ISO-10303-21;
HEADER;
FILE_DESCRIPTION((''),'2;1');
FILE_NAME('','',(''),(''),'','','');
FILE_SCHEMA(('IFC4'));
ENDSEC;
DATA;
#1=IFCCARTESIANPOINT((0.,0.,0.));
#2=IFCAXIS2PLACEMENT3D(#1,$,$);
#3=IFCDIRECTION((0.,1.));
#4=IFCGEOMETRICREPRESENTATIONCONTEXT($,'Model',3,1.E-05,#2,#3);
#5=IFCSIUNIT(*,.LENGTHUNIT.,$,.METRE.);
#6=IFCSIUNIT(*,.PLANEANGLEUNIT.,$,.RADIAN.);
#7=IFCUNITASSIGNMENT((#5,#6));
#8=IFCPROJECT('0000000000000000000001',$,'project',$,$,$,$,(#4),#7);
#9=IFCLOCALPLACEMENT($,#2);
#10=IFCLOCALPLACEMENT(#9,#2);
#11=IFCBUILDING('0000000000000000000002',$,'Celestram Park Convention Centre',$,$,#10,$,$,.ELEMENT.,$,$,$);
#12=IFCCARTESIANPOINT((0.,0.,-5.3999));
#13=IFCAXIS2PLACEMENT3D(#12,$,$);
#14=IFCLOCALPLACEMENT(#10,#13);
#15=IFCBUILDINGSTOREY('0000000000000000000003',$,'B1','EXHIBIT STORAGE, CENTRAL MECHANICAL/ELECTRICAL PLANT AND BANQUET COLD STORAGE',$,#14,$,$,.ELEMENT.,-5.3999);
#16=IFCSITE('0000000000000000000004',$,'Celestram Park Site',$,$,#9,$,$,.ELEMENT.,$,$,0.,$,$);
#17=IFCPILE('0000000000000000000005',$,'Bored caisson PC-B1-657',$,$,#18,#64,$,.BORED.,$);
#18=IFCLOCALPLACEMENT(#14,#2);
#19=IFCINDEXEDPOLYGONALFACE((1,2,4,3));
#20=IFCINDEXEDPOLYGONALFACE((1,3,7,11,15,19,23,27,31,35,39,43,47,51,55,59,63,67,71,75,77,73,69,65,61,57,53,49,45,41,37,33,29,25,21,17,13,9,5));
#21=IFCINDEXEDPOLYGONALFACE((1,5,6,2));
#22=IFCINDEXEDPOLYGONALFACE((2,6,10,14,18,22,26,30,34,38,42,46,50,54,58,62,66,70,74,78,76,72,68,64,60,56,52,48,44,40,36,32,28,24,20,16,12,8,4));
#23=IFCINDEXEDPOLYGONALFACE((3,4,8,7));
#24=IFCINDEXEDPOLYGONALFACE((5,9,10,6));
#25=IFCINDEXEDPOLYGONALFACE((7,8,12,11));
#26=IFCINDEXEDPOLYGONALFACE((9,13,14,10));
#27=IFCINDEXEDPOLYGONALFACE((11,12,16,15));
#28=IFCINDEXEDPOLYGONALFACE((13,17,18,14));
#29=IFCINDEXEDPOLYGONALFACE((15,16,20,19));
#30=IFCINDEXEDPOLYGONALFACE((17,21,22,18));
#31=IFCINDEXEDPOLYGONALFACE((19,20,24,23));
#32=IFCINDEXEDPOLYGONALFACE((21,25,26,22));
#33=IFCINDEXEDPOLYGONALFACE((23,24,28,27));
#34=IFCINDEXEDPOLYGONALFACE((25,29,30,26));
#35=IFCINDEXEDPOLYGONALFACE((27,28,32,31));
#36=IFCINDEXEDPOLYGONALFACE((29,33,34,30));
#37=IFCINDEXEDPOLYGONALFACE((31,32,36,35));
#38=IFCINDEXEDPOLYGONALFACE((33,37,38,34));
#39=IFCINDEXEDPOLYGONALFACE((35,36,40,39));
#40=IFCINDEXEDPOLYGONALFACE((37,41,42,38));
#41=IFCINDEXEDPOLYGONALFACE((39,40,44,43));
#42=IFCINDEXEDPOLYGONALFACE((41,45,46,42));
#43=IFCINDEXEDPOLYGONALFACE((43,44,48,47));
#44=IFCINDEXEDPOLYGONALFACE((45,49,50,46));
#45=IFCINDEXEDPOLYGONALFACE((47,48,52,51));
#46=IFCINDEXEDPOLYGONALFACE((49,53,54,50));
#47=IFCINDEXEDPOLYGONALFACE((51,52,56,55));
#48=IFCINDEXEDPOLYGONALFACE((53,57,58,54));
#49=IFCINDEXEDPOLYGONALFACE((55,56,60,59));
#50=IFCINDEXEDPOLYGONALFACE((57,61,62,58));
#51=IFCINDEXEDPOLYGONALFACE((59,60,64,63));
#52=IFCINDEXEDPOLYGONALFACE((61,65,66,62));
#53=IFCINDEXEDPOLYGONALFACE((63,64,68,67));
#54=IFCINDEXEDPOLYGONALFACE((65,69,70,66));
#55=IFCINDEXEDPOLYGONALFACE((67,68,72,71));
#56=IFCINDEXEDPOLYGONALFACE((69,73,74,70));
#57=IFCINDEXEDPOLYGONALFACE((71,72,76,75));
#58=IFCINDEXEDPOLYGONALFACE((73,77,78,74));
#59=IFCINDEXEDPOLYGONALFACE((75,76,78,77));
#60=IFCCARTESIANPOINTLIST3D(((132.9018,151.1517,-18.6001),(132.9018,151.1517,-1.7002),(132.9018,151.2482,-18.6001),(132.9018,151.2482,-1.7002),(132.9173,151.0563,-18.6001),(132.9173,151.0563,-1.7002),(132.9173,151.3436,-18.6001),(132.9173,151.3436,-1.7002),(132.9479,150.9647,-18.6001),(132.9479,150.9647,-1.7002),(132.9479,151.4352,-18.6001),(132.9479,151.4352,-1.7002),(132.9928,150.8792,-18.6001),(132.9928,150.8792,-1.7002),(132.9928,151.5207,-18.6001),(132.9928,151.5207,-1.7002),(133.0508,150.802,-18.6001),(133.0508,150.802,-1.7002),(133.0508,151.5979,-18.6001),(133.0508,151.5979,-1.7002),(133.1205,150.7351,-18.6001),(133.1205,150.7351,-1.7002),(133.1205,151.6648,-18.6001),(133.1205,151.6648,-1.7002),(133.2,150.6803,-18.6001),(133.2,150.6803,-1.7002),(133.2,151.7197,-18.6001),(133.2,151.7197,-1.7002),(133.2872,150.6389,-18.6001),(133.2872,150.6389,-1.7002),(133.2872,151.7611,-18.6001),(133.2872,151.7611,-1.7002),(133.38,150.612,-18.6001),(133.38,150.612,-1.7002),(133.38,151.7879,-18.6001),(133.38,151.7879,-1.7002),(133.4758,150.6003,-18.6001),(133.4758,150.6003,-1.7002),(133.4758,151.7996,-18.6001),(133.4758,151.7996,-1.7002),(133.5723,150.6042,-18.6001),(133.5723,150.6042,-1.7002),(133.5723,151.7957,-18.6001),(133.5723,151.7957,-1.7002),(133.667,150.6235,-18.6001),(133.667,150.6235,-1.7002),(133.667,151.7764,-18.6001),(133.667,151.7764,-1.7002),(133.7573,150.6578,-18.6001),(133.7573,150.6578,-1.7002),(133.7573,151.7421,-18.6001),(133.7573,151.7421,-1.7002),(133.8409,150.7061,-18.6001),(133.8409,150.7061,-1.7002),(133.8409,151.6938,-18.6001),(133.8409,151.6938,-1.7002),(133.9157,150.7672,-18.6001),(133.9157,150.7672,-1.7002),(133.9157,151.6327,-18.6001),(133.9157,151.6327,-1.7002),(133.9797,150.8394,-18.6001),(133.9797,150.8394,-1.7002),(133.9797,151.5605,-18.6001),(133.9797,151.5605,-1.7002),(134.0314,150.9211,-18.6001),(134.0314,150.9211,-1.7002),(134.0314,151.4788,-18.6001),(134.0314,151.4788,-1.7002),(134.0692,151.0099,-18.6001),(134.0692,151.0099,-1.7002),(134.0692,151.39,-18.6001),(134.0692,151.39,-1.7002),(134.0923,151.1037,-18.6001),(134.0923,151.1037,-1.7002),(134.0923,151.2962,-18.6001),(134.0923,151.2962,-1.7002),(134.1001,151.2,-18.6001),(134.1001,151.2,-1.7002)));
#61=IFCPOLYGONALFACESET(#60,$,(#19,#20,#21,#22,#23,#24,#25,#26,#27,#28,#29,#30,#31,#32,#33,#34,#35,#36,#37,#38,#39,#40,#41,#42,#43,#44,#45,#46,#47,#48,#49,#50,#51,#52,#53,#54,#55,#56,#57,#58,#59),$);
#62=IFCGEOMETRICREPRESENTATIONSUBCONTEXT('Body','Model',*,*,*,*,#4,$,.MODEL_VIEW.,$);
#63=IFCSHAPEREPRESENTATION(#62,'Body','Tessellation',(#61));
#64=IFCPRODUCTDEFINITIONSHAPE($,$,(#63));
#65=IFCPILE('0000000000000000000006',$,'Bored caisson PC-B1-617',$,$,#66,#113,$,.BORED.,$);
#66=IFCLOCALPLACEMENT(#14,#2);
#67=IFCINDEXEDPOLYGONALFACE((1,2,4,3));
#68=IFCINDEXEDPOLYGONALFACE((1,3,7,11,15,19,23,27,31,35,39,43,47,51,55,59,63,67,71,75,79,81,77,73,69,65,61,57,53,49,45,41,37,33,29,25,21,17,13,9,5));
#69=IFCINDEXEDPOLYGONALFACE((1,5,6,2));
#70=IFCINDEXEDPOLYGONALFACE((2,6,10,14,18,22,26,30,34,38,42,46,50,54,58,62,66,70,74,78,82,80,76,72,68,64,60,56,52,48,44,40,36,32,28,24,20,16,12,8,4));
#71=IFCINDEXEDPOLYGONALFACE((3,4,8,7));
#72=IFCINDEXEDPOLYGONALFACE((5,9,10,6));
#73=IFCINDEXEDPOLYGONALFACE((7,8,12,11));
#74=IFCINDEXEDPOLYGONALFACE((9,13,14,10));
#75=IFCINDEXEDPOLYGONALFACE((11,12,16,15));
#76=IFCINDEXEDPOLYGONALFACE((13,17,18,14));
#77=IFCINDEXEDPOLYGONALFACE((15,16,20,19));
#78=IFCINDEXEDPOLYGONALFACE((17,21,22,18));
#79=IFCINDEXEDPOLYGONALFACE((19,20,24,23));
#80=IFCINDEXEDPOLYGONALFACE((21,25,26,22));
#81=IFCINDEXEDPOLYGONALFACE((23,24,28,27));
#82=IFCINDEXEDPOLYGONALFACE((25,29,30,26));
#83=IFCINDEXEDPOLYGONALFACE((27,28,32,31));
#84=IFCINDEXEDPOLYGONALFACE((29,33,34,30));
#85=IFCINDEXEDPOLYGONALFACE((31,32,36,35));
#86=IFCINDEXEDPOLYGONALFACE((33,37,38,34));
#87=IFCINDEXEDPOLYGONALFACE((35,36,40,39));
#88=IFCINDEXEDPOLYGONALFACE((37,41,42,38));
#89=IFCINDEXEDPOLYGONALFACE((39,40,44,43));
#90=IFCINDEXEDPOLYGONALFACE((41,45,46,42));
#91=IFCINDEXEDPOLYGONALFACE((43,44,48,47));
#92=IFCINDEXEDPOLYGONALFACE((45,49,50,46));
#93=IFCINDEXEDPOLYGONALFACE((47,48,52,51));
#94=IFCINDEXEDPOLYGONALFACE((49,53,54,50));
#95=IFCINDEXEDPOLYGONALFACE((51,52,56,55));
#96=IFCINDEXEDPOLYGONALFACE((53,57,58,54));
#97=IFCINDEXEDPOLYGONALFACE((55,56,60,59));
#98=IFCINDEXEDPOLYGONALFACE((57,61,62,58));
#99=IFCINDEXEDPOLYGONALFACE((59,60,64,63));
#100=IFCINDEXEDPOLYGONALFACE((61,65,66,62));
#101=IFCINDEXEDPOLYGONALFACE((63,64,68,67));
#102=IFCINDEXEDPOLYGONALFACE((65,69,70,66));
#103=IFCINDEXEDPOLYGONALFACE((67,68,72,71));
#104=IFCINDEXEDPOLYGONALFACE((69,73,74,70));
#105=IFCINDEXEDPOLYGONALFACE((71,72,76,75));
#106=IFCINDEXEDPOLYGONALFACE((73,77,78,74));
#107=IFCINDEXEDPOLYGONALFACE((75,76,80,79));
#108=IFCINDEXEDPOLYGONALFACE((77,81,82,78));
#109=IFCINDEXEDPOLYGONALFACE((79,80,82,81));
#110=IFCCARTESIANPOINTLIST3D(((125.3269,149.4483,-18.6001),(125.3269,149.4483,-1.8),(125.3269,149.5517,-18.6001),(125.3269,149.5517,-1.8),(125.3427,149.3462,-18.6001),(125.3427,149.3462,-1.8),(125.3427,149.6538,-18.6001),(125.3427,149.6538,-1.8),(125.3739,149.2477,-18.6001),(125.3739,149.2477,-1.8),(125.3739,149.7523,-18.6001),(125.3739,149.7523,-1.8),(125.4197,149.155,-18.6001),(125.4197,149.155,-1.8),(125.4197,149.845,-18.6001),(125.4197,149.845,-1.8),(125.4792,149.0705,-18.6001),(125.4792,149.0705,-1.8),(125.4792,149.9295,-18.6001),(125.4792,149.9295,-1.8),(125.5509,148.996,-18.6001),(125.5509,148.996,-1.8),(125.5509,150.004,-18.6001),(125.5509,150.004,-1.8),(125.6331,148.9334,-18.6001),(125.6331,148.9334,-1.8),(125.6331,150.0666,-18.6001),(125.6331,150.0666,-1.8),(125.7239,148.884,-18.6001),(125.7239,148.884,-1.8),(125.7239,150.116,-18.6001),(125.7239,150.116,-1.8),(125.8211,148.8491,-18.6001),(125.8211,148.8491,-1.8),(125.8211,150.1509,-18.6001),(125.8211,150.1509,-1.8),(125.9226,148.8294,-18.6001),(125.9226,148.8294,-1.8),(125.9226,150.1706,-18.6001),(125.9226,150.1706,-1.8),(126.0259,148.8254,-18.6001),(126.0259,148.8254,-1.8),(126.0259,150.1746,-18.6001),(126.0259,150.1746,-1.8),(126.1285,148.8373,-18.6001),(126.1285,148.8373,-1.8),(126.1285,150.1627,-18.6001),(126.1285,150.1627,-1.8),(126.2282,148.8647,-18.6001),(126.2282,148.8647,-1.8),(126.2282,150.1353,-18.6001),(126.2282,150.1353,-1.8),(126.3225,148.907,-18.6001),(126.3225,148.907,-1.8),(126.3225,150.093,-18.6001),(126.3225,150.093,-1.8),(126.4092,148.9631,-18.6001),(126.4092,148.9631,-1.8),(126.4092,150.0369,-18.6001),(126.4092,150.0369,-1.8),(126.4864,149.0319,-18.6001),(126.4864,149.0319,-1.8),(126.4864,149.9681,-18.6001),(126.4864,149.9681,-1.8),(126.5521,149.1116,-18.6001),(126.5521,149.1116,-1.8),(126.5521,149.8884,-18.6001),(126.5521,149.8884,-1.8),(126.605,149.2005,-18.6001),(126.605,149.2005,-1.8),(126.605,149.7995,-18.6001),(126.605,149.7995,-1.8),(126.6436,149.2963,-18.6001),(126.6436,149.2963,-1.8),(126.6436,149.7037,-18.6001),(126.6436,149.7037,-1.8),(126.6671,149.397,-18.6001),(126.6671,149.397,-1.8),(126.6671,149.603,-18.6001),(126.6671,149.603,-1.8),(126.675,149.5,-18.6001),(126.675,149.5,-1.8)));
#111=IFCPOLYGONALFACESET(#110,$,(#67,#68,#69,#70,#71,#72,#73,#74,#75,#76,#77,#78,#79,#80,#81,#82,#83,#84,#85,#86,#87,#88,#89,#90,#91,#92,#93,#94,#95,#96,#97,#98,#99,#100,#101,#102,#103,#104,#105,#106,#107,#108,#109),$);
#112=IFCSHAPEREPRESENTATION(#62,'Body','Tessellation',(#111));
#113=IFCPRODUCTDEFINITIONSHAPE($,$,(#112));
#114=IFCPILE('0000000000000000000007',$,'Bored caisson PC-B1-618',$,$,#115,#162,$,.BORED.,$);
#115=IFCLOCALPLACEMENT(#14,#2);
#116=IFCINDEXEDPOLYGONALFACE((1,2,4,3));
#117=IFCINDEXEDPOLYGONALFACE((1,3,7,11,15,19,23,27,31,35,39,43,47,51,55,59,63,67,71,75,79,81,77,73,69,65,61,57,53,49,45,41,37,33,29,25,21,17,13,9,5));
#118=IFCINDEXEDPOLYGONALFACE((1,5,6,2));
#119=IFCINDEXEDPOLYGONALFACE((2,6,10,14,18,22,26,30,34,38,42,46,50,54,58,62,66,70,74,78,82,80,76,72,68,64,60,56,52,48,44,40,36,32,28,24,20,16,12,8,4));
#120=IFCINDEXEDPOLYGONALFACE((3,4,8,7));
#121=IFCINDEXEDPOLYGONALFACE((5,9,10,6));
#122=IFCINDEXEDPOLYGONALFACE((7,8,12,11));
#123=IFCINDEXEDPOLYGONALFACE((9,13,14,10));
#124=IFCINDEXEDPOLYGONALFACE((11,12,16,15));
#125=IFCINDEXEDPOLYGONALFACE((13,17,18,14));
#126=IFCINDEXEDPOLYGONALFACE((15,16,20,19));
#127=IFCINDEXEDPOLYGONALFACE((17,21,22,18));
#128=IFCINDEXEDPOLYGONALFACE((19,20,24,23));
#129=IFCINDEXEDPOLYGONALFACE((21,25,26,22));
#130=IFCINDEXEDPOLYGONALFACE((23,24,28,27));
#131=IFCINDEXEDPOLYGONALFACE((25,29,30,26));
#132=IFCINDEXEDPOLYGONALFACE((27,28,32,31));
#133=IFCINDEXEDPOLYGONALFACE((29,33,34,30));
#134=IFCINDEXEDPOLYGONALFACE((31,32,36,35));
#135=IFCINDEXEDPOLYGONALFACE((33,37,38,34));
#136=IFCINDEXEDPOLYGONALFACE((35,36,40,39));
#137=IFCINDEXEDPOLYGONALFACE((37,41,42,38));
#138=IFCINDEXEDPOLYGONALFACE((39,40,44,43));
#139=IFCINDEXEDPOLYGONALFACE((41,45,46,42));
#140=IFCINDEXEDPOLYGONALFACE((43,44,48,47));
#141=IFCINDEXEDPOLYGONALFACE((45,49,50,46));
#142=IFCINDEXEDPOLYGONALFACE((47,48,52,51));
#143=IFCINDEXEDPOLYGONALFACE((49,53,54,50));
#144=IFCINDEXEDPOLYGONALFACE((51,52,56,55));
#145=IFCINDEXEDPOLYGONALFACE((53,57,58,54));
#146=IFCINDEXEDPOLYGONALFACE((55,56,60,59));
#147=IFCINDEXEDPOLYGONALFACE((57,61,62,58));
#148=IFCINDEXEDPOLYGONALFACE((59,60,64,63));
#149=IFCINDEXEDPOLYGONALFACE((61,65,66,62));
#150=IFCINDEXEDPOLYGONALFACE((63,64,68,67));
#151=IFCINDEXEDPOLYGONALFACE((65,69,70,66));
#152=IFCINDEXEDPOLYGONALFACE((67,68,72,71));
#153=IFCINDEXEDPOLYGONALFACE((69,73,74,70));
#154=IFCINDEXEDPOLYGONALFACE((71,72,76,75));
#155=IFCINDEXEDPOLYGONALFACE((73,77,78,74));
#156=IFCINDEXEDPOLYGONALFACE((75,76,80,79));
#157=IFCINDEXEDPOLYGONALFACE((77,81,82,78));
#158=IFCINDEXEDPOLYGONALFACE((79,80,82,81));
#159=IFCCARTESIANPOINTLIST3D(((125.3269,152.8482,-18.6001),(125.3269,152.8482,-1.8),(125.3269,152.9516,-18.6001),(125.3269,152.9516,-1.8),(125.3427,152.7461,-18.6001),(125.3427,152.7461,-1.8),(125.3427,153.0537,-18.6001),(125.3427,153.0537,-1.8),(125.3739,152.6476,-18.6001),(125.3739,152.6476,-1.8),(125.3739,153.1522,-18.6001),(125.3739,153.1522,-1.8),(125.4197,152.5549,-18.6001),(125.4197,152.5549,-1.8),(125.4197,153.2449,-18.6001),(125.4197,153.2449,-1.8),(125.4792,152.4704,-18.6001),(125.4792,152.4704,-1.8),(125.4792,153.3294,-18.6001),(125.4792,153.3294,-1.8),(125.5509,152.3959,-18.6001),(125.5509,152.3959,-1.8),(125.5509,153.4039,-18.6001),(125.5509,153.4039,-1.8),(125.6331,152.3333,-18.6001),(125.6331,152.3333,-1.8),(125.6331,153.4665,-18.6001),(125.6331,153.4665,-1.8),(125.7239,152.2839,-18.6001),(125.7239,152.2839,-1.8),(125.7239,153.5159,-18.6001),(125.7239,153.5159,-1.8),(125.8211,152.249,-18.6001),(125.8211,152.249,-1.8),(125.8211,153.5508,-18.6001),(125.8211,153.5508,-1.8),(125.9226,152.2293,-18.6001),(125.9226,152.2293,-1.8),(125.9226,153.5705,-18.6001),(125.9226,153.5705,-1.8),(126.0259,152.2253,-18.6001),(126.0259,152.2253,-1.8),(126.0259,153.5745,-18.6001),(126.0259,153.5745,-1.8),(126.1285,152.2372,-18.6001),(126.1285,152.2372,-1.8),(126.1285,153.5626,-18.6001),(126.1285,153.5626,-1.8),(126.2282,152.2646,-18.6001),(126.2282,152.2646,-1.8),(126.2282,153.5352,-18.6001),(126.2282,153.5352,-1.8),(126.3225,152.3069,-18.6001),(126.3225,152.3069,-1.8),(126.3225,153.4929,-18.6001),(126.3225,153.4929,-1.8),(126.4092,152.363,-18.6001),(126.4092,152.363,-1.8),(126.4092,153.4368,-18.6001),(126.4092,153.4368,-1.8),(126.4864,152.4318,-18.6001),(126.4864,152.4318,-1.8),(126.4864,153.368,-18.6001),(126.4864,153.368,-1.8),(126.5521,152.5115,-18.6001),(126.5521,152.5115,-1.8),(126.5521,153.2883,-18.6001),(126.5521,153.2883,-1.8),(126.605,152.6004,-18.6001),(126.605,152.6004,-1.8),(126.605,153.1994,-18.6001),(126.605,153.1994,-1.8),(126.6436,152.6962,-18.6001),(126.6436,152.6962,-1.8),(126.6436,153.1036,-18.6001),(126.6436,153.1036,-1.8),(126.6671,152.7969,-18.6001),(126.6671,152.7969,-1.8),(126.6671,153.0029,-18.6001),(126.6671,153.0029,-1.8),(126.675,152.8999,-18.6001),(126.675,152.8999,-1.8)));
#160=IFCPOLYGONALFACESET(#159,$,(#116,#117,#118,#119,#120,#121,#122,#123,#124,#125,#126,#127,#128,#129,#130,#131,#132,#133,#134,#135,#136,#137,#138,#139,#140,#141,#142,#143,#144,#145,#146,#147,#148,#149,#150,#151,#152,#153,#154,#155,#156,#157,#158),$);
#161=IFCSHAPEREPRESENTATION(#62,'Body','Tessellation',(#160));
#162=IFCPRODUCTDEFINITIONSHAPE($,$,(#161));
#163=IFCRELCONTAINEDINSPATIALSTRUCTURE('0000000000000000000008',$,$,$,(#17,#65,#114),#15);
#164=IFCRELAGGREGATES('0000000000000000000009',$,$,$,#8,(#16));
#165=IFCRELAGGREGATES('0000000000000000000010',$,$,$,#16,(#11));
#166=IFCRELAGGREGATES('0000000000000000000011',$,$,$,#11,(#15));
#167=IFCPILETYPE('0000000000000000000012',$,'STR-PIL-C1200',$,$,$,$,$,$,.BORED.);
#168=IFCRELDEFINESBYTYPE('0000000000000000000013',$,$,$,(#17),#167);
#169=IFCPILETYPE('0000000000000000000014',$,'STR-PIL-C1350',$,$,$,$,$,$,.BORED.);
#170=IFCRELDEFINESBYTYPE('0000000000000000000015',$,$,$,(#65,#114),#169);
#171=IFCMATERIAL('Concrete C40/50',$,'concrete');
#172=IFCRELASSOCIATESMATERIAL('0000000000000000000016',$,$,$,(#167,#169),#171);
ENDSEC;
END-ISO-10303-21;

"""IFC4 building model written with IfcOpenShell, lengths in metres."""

from ifc_helpers import new_model, si_unit, direction, frame, origin, origin_2d, place, context, subcontext, project, spatial, circle, extrude, material, material_profile, profile_set, type_object, element, save


model = new_model("IFC4")

# Units and contexts
model_context = context("Model", 3, precision=1e-05, world=origin(), true_north=direction((0.0, 1.0)))
body_context = subcontext(model_context, "Body", "Model", "MODEL_VIEW")
ifc_project = project(units=[si_unit("LENGTHUNIT", "METRE"), si_unit("PLANEANGLEUNIT", "RADIAN")], contexts=[model_context])

# Site, building, storey
site_placement = place(None, origin())
site = spatial("IfcSite", under=ifc_project, at=site_placement, Name="Celestram Park Site", CompositionType="ELEMENT", RefElevation=0.0)
building_placement = place(site_placement, origin())
building = spatial("IfcBuilding", under=site, at=building_placement, Name="Celestram Park Convention Centre", CompositionType="ELEMENT")
storey_placement = place(building_placement, frame((0.0, 0.0, -5.3999)))
storey = spatial("IfcBuildingStorey", under=building, at=storey_placement, Name="B1", Description="EXHIBIT STORAGE, CENTRAL MECHANICAL/ELECTRICAL PLANT AND BANQUET COLD STORAGE", CompositionType="ELEMENT", Elevation=-5.3999)

# Shared definitions
ifc_material_1 = material(Name="Concrete C40/50", Category="concrete")

# Piles
ifc_material_profile_1 = material_profile(ifc_material_1, circle(Radius=0.6001, at=origin_2d()), Name="CAISSON1200")
ifc_profile_set_1 = profile_set([ifc_material_profile_1], Name="Concrete C40/50")
pile_type_1 = type_object("IfcPileType", Name="STR-PIL-C1200", PredefinedType="BORED", material=ifc_profile_set_1)
for number, where, z_axis, x_axis, name in (
    (1, (133.5, 151.2, -1.7002), (0.0, 0.0, -1.0), (1.0, 0.0, 0.0), "Bored caisson PC-B1-657"),
):
    element("IfcPile", number, at=place(storey_placement, frame(where, z_axis=z_axis, x_axis=x_axis)), inside=storey, type_object=pile_type_1, Name=name, PredefinedType="BORED", context=body_context, shape_type="SweptSolid", body=[
        extrude(circle(Radius=0.6001, at=origin_2d()), origin(), (0.0, 0.0, 1.0), 16.8999),
    ])
ifc_material_profile_2 = material_profile(ifc_material_1, circle(Radius=0.675, at=origin_2d()), Name="CAISSON1350")
ifc_profile_set_2 = profile_set([ifc_material_profile_2], Name="Concrete C40/50")
pile_type_2 = type_object("IfcPileType", Name="STR-PIL-C1350", PredefinedType="BORED", material=ifc_profile_set_2)
for number, where, z_axis, x_axis, name in (
    (2, (126.0, 149.5, -1.8), (0.0, 0.0, -1.0), (1.0, 0.0, 0.0), "Bored caisson PC-B1-617"),
    (3, (126.0, 152.8999, -1.8), (0.0, 0.0, -1.0), (1.0, 0.0, 0.0), "Bored caisson PC-B1-618"),
):
    element("IfcPile", number, at=place(storey_placement, frame(where, z_axis=z_axis, x_axis=x_axis)), inside=storey, type_object=pile_type_2, Name=name, PredefinedType="BORED", context=body_context, shape_type="SweptSolid", body=[
        extrude(circle(Radius=0.675, at=origin_2d()), origin(), (0.0, 0.0, 1.0), 16.8),
    ])

save(model, "model.ifc")
